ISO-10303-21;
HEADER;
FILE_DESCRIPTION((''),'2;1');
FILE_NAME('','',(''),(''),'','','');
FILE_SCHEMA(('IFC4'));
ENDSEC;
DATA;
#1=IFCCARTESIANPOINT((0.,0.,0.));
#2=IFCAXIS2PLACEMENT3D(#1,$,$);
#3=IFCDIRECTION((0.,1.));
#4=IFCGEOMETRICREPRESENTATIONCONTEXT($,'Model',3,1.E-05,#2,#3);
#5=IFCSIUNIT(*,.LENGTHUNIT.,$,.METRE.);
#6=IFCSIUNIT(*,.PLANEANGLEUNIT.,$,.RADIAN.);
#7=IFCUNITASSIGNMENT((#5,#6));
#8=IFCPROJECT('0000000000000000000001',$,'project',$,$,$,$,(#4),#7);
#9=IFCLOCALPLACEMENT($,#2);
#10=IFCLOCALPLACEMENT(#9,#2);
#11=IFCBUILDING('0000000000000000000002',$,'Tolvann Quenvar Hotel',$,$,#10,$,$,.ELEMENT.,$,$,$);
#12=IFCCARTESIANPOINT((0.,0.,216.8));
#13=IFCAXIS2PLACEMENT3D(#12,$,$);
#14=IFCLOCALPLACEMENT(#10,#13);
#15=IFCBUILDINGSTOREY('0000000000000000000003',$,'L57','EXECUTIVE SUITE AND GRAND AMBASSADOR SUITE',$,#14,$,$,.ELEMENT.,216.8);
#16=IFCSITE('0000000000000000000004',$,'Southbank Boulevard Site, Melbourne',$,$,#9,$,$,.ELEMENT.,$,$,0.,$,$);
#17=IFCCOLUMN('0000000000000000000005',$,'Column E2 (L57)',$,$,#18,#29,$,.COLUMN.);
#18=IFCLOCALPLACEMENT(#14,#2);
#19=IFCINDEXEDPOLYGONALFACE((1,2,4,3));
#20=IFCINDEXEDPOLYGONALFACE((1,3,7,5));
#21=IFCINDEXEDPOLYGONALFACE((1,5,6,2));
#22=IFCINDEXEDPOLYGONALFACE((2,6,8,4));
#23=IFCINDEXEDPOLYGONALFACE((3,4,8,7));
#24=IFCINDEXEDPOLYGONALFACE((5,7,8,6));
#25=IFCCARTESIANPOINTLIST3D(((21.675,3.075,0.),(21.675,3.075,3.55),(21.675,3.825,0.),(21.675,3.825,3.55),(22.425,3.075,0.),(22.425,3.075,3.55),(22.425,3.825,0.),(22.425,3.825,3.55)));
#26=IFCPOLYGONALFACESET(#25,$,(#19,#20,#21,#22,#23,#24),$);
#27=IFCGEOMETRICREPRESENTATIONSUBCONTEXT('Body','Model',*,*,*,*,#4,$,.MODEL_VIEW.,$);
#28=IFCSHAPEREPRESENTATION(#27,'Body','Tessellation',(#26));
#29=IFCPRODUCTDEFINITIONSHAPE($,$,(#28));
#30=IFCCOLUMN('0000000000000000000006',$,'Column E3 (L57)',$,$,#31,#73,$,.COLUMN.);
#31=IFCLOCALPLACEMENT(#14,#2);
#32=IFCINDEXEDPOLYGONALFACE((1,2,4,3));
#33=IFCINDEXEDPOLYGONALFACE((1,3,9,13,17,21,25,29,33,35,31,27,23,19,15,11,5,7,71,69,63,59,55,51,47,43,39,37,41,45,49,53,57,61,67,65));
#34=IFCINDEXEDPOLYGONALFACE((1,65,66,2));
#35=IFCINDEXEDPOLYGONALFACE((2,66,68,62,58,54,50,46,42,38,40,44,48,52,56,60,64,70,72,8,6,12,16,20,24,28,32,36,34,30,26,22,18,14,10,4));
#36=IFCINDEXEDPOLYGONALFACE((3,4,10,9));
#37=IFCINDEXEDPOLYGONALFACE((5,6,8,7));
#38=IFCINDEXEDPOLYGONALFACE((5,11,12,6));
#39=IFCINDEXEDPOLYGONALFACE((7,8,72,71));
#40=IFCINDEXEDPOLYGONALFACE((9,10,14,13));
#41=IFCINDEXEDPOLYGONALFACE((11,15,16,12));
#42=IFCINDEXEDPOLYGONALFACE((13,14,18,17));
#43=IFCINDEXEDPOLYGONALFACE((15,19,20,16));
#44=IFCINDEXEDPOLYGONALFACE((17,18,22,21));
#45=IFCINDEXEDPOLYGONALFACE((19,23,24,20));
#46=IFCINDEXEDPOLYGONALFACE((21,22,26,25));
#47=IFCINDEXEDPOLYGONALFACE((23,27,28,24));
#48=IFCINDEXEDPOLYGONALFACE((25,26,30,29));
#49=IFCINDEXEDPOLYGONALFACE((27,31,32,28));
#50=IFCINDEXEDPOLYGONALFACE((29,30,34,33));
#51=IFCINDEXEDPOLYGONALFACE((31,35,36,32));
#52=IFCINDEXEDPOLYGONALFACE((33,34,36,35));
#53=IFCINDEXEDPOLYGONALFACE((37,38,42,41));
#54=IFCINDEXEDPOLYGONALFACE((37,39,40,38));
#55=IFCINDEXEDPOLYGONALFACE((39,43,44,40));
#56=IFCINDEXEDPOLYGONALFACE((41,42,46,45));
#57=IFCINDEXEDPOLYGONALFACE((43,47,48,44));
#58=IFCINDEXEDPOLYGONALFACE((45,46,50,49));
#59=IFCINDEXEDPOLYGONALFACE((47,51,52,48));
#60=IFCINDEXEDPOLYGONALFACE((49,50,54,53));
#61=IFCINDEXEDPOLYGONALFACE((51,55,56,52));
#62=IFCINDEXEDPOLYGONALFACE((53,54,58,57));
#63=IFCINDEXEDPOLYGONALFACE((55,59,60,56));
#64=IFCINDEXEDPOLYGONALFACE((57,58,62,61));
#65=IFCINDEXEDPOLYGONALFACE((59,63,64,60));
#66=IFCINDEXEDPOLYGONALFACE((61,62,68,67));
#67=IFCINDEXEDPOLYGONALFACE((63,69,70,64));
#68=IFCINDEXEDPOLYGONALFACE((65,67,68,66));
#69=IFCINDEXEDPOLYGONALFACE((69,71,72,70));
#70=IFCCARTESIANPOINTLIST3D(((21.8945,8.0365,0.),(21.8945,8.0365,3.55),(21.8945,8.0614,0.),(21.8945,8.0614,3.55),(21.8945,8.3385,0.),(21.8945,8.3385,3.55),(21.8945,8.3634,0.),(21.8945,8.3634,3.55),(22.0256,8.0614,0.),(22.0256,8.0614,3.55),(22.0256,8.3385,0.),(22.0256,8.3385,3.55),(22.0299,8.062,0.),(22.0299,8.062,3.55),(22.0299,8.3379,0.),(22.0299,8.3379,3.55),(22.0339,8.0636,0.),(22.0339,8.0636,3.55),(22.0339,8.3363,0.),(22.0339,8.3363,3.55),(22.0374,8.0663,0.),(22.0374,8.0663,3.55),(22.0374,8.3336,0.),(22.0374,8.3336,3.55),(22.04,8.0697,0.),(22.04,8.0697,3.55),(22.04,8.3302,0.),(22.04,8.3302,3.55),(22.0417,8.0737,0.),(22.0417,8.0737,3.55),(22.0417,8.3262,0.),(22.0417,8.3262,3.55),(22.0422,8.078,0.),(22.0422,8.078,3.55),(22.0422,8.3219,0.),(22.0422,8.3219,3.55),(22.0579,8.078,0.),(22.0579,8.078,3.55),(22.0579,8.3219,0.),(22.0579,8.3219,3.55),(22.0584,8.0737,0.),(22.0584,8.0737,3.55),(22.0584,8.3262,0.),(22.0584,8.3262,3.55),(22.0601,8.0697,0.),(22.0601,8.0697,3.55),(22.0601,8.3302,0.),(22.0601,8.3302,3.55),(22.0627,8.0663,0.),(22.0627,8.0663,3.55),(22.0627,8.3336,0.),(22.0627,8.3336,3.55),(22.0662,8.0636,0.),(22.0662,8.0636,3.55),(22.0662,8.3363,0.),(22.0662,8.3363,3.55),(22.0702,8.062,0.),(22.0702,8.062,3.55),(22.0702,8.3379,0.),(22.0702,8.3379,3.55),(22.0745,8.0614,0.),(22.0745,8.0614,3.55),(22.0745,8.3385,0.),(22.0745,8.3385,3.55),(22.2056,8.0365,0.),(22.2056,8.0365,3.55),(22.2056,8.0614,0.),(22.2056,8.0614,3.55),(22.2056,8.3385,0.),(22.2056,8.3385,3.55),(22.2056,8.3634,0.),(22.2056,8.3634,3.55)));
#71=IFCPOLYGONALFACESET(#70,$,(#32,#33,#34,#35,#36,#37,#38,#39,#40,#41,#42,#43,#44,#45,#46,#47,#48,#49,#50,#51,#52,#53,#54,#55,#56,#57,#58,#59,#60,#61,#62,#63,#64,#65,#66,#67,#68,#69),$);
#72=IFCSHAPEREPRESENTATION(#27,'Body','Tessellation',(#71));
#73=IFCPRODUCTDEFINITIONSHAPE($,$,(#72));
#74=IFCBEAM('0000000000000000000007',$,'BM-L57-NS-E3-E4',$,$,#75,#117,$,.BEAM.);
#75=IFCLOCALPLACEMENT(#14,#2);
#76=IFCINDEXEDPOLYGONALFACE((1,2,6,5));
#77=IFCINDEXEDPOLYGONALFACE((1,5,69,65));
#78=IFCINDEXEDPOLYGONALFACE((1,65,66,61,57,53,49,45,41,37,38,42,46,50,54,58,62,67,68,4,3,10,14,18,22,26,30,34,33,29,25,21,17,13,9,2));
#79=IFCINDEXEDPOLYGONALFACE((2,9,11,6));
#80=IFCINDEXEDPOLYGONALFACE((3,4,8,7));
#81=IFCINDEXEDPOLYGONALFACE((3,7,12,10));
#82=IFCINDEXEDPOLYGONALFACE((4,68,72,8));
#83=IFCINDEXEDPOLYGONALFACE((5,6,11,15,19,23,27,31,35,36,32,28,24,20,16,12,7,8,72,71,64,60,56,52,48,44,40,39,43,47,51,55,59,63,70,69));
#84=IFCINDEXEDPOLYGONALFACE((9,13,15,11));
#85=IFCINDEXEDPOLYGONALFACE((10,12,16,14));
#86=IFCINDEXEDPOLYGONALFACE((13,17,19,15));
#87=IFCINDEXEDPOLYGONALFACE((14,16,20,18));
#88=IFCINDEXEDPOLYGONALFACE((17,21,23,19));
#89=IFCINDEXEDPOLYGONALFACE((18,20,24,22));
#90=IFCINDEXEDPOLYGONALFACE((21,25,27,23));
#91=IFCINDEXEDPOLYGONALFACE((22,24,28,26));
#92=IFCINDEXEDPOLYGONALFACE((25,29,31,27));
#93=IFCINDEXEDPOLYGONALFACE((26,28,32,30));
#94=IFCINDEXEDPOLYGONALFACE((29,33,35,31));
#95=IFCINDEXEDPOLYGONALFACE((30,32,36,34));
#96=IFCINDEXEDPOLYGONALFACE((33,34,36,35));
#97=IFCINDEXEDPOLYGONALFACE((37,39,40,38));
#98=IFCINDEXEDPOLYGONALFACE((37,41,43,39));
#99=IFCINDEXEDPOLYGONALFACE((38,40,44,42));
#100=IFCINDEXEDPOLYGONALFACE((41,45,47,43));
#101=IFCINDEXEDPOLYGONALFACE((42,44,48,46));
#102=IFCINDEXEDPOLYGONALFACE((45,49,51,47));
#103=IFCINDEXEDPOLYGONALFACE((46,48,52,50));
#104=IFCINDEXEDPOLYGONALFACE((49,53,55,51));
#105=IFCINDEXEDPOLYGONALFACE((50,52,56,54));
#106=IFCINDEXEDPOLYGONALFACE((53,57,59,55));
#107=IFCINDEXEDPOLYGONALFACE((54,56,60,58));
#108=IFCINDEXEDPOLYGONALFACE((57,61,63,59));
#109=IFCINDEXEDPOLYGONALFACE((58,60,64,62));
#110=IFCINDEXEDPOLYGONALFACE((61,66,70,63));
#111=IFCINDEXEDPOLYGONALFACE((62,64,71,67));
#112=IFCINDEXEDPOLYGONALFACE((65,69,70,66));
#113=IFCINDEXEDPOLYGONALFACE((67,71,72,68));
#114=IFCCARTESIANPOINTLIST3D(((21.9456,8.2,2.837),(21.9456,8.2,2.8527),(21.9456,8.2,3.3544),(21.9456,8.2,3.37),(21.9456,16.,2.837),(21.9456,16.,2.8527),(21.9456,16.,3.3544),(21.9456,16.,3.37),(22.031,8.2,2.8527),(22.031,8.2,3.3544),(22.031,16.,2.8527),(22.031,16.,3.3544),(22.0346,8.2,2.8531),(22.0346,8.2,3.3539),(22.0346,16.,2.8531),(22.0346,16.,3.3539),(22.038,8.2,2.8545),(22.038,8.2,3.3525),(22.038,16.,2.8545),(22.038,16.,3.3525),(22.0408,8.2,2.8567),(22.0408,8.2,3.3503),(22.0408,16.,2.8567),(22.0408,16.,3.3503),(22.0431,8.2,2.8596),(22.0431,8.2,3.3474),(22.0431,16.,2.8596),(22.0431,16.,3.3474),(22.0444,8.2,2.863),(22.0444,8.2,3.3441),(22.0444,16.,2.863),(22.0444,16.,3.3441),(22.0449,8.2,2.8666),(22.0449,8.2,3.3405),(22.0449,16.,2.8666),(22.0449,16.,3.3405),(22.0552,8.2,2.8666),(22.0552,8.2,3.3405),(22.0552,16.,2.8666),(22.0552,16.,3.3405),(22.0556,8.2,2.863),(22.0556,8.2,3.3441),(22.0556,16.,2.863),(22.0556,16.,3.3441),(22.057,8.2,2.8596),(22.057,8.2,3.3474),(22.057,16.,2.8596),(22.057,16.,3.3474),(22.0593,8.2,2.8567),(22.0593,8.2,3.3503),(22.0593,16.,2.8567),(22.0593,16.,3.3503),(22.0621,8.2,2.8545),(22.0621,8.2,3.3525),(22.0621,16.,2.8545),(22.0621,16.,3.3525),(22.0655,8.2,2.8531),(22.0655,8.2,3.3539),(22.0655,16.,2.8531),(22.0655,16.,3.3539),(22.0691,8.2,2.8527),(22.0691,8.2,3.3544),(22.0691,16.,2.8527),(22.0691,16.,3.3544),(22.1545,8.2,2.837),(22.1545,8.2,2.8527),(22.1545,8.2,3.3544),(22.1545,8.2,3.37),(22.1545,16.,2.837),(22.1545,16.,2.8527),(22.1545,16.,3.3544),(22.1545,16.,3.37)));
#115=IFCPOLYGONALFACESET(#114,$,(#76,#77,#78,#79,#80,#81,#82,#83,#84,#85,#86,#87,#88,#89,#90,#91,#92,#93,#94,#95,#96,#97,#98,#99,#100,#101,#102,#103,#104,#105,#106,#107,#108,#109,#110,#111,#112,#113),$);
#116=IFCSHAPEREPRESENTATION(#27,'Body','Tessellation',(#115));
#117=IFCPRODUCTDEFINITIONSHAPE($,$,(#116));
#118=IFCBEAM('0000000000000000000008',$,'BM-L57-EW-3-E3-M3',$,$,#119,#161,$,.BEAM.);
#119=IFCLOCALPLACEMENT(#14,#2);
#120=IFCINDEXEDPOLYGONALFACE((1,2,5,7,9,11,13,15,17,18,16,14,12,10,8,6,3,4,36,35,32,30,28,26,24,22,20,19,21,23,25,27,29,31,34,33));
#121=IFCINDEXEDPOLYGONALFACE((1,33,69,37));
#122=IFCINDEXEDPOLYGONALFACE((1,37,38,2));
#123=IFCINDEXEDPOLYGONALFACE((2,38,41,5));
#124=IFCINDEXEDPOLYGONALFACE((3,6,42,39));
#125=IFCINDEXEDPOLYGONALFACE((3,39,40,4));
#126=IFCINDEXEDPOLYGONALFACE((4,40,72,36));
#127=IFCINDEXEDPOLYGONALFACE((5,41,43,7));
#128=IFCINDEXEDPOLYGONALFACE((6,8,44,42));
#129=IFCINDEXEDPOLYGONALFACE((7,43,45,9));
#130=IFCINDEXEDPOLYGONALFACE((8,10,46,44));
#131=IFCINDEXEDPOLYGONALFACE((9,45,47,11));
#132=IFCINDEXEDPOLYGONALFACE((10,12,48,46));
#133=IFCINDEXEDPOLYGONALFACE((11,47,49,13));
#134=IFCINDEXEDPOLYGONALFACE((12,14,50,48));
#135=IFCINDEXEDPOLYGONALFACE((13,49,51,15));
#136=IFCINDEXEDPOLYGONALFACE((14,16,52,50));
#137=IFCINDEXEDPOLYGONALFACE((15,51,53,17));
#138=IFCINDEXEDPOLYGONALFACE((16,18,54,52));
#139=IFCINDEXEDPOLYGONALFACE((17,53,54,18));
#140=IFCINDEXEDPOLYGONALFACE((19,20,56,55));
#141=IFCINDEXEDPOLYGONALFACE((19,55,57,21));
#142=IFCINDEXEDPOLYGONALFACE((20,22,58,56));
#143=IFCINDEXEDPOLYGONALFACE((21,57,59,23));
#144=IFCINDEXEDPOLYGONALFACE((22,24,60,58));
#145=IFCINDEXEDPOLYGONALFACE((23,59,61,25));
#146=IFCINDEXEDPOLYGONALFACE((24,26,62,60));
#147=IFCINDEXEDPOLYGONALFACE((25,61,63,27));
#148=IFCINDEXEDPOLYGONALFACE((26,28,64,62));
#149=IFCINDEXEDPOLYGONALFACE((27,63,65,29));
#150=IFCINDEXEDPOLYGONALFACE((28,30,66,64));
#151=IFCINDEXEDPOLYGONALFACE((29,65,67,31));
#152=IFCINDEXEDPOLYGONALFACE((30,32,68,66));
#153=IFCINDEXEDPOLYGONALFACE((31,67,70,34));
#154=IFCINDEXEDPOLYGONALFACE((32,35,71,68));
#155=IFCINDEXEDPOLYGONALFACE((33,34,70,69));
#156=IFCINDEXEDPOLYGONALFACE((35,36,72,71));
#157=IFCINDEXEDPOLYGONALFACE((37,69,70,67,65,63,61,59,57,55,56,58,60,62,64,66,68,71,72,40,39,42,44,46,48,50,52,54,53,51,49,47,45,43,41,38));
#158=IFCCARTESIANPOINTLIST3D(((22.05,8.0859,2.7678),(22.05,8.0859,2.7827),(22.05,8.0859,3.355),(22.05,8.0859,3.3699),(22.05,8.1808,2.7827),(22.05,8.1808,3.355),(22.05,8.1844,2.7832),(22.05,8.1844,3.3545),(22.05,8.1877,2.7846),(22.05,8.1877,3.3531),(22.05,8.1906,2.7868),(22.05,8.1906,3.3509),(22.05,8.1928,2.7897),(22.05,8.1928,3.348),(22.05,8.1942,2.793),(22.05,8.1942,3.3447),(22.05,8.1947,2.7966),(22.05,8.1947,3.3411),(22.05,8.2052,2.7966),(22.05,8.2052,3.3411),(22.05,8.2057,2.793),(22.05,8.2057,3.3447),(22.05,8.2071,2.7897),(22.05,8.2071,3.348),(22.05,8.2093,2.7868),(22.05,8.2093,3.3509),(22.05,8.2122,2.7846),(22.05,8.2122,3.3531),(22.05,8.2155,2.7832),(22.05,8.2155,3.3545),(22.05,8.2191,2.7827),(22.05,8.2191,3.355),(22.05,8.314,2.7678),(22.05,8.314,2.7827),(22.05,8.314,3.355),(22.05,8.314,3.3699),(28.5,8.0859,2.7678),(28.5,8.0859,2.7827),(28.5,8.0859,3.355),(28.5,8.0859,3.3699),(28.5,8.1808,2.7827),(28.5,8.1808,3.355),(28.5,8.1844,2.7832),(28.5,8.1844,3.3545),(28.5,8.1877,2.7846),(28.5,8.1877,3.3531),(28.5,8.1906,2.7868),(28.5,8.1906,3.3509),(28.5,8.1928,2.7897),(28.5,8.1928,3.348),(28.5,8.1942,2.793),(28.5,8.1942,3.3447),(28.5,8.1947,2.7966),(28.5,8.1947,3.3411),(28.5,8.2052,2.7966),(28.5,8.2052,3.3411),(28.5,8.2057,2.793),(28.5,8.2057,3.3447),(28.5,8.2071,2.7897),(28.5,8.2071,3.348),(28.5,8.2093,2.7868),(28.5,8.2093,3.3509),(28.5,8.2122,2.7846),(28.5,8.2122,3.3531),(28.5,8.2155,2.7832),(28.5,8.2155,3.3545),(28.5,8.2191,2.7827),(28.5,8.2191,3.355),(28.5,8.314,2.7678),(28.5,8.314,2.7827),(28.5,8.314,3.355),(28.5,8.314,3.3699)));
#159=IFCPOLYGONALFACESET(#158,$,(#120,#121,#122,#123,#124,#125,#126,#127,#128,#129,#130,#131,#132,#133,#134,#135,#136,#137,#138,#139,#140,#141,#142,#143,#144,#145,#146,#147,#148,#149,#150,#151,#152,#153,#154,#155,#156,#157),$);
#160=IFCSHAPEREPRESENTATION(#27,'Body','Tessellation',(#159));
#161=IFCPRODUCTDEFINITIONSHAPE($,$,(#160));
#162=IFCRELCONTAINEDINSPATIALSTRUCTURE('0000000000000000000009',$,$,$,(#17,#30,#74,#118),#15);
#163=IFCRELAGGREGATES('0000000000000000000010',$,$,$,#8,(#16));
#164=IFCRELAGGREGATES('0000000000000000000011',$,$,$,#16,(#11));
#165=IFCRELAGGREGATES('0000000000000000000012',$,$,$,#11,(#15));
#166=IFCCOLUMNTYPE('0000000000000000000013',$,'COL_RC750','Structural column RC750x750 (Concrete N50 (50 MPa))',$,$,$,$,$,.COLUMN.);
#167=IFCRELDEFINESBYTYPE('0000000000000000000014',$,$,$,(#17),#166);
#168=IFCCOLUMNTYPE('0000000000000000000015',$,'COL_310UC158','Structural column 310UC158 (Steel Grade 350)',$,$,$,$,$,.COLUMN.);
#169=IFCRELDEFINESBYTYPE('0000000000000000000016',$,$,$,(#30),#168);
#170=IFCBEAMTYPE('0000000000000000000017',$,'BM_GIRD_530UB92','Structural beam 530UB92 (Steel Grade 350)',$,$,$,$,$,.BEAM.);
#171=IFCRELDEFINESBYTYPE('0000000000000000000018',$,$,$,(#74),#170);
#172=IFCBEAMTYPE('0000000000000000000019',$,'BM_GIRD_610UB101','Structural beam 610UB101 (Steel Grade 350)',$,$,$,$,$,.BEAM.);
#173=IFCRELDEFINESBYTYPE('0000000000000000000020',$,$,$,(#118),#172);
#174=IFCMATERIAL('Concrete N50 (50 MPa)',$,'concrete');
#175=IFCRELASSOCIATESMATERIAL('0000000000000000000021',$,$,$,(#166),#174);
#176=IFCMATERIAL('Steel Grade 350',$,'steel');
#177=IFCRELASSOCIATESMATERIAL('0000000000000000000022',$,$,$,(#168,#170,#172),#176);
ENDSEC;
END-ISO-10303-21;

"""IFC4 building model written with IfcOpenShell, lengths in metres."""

from ifc_helpers import new_model, si_unit, direction, frame, origin, origin_2d, place, context, subcontext, project, spatial, rectangle, i_section, extrude, source, transform, mapped, material, material_profile, profile_set, type_object, type_shapes, element, save


model = new_model("IFC4")

# Units and contexts
model_context = context("Model", 3, precision=1e-05, world=origin(), true_north=direction((0.0, 1.0)))
body_context = subcontext(model_context, "Body", "Model", "MODEL_VIEW")
ifc_project = project(units=[si_unit("LENGTHUNIT", "METRE"), si_unit("PLANEANGLEUNIT", "RADIAN")], contexts=[model_context])

# Site, building, storey
site_placement = place(None, origin())
site = spatial("IfcSite", under=ifc_project, at=site_placement, Name="Southbank Boulevard Site, Melbourne", CompositionType="ELEMENT", RefElevation=0.0)
building_placement = place(site_placement, origin())
building = spatial("IfcBuilding", under=site, at=building_placement, Name="Tolvann Quenvar Hotel", CompositionType="ELEMENT")
storey_placement = place(building_placement, frame((0.0, 0.0, 216.8)))
storey = spatial("IfcBuildingStorey", under=building, at=storey_placement, Name="L57", Description="EXECUTIVE SUITE AND GRAND AMBASSADOR SUITE", CompositionType="ELEMENT", Elevation=216.8)

# Columns
ifc_material_1 = material(Name="Concrete N50 (50 MPa)", Category="concrete")
ifc_material_profile_1 = material_profile(ifc_material_1, rectangle(XDim=0.75, YDim=0.75, at=origin_2d()), Name="RC750x750")
ifc_profile_set_1 = profile_set([ifc_material_profile_1], Name="Concrete N50 (50 MPa)")
column_type_1 = type_object("IfcColumnType", Name="COL_RC750", Description="Structural column RC750x750 (Concrete N50 (50 MPa))", PredefinedType="COLUMN", material=ifc_profile_set_1)
shared_shape_1 = source(origin(), body_context, "Body", "SweptSolid", [
    extrude(rectangle(XDim=0.75, YDim=0.75, at=origin_2d()), origin(), (0.0, 0.0, 1.0), 3.55),
])
type_shapes(column_type_1, [shared_shape_1])
column_1_placement = place(storey_placement, frame((22.05, 3.45, 0.0), z_axis=(0.0, 0.0, 1.0), x_axis=(1.0, 0.0, 0.0)))
element("IfcColumn", 1, at=column_1_placement, inside=storey, type_object=column_type_1, Name="Column E2 (L57)", PredefinedType="COLUMN", context=body_context, shape_type="MappedRepresentation", body=[
    mapped(shared_shape_1, transform((0.0, 0.0, 0.0), x_axis=(1.0, 0.0, 0.0), y_axis=(0.0, 1.0, 0.0), z_axis=(0.0, 0.0, 1.0), scale=1.0)),
])
ifc_material_2 = material(Name="Steel Grade 350", Category="steel")
ifc_material_profile_2 = material_profile(ifc_material_2, i_section(OverallWidth=0.311, OverallDepth=0.3269, WebThickness=0.0156, FlangeThickness=0.0249, FilletRadius=0.0166, at=origin_2d()), Name="310UC158")
ifc_profile_set_2 = profile_set([ifc_material_profile_2], Name="Steel Grade 350")
column_type_2 = type_object("IfcColumnType", Name="COL_310UC158", Description="Structural column 310UC158 (Steel Grade 350)", PredefinedType="COLUMN", material=ifc_profile_set_2)
shared_shape_2 = source(origin(), body_context, "Body", "SweptSolid", [
    extrude(i_section(OverallWidth=0.311, OverallDepth=0.3269, WebThickness=0.0156, FlangeThickness=0.0249, FilletRadius=0.0166, at=origin_2d()), origin(), (0.0, 0.0, 1.0), 3.55),
])
type_shapes(column_type_2, [shared_shape_2])
column_2_placement = place(storey_placement, frame((22.05, 8.2, 0.0), z_axis=(0.0, 0.0, 1.0), x_axis=(1.0, 0.0, 0.0)))
element("IfcColumn", 2, at=column_2_placement, inside=storey, type_object=column_type_2, Name="Column E3 (L57)", PredefinedType="COLUMN", context=body_context, shape_type="MappedRepresentation", body=[
    mapped(shared_shape_2, transform((0.0, 0.0, 0.0), x_axis=(1.0, 0.0, 0.0), y_axis=(0.0, 1.0, 0.0), z_axis=(0.0, 0.0, 1.0), scale=1.0)),
])

# Beams
ifc_material_profile_3 = material_profile(ifc_material_2, i_section(OverallWidth=0.209, OverallDepth=0.533, WebThickness=0.0103, FlangeThickness=0.0156, FilletRadius=0.0139, at=origin_2d()), Name="530UB92")
ifc_profile_set_3 = profile_set([ifc_material_profile_3], Name="Steel Grade 350")
beam_type_1 = type_object("IfcBeamType", Name="BM_GIRD_530UB92", Description="Structural beam 530UB92 (Steel Grade 350)", PredefinedType="BEAM", material=ifc_profile_set_3)
shared_shape_3 = source(origin(), body_context, "Body", "SweptSolid", [
    extrude(i_section(OverallWidth=0.209, OverallDepth=0.533, WebThickness=0.0103, FlangeThickness=0.0156, FilletRadius=0.0139, at=origin_2d()), origin(), (0.0, 0.0, 1.0), 7.8),
])
beam_1_placement = place(storey_placement, frame((22.05, 8.2, 3.1035), z_axis=(0.0, 1.0, 0.0), x_axis=(-1.0, 0.0, 0.0)))
element("IfcBeam", 3, at=beam_1_placement, inside=storey, type_object=beam_type_1, Name="BM-L57-NS-E3-E4", PredefinedType="BEAM", context=body_context, shape_type="MappedRepresentation", body=[
    mapped(shared_shape_3, transform((0.0, 0.0, 0.0), x_axis=(1.0, 0.0, 0.0), y_axis=(0.0, 1.0, 0.0), z_axis=(0.0, 0.0, 1.0), scale=1.0)),
])
ifc_material_profile_4 = material_profile(ifc_material_2, i_section(OverallWidth=0.228, OverallDepth=0.6021, WebThickness=0.0105, FlangeThickness=0.0149, FilletRadius=0.0139, at=origin_2d()), Name="610UB101")
ifc_profile_set_4 = profile_set([ifc_material_profile_4], Name="Steel Grade 350")
beam_type_2 = type_object("IfcBeamType", Name="BM_GIRD_610UB101", Description="Structural beam 610UB101 (Steel Grade 350)", PredefinedType="BEAM", material=ifc_profile_set_4)
shared_shape_4 = source(origin(), body_context, "Body", "SweptSolid", [
    extrude(i_section(OverallWidth=0.228, OverallDepth=0.6021, WebThickness=0.0105, FlangeThickness=0.0149, FilletRadius=0.0139, at=origin_2d()), origin(), (0.0, 0.0, 1.0), 6.45),
])
type_shapes(beam_type_2, [shared_shape_4])
beam_2_placement = place(storey_placement, frame((22.05, 8.2, 3.0688), z_axis=(1.0, 0.0, 0.0), x_axis=(0.0, 1.0, 0.0)))
element("IfcBeam", 4, at=beam_2_placement, inside=storey, type_object=beam_type_2, Name="BM-L57-EW-3-E3-M3", PredefinedType="BEAM", context=body_context, shape_type="MappedRepresentation", body=[
    mapped(shared_shape_4, transform((0.0, 0.0, 0.0), x_axis=(1.0, 0.0, 0.0), y_axis=(0.0, 1.0, 0.0), z_axis=(0.0, 0.0, 1.0), scale=1.0)),
])

save(model, "model.ifc")
